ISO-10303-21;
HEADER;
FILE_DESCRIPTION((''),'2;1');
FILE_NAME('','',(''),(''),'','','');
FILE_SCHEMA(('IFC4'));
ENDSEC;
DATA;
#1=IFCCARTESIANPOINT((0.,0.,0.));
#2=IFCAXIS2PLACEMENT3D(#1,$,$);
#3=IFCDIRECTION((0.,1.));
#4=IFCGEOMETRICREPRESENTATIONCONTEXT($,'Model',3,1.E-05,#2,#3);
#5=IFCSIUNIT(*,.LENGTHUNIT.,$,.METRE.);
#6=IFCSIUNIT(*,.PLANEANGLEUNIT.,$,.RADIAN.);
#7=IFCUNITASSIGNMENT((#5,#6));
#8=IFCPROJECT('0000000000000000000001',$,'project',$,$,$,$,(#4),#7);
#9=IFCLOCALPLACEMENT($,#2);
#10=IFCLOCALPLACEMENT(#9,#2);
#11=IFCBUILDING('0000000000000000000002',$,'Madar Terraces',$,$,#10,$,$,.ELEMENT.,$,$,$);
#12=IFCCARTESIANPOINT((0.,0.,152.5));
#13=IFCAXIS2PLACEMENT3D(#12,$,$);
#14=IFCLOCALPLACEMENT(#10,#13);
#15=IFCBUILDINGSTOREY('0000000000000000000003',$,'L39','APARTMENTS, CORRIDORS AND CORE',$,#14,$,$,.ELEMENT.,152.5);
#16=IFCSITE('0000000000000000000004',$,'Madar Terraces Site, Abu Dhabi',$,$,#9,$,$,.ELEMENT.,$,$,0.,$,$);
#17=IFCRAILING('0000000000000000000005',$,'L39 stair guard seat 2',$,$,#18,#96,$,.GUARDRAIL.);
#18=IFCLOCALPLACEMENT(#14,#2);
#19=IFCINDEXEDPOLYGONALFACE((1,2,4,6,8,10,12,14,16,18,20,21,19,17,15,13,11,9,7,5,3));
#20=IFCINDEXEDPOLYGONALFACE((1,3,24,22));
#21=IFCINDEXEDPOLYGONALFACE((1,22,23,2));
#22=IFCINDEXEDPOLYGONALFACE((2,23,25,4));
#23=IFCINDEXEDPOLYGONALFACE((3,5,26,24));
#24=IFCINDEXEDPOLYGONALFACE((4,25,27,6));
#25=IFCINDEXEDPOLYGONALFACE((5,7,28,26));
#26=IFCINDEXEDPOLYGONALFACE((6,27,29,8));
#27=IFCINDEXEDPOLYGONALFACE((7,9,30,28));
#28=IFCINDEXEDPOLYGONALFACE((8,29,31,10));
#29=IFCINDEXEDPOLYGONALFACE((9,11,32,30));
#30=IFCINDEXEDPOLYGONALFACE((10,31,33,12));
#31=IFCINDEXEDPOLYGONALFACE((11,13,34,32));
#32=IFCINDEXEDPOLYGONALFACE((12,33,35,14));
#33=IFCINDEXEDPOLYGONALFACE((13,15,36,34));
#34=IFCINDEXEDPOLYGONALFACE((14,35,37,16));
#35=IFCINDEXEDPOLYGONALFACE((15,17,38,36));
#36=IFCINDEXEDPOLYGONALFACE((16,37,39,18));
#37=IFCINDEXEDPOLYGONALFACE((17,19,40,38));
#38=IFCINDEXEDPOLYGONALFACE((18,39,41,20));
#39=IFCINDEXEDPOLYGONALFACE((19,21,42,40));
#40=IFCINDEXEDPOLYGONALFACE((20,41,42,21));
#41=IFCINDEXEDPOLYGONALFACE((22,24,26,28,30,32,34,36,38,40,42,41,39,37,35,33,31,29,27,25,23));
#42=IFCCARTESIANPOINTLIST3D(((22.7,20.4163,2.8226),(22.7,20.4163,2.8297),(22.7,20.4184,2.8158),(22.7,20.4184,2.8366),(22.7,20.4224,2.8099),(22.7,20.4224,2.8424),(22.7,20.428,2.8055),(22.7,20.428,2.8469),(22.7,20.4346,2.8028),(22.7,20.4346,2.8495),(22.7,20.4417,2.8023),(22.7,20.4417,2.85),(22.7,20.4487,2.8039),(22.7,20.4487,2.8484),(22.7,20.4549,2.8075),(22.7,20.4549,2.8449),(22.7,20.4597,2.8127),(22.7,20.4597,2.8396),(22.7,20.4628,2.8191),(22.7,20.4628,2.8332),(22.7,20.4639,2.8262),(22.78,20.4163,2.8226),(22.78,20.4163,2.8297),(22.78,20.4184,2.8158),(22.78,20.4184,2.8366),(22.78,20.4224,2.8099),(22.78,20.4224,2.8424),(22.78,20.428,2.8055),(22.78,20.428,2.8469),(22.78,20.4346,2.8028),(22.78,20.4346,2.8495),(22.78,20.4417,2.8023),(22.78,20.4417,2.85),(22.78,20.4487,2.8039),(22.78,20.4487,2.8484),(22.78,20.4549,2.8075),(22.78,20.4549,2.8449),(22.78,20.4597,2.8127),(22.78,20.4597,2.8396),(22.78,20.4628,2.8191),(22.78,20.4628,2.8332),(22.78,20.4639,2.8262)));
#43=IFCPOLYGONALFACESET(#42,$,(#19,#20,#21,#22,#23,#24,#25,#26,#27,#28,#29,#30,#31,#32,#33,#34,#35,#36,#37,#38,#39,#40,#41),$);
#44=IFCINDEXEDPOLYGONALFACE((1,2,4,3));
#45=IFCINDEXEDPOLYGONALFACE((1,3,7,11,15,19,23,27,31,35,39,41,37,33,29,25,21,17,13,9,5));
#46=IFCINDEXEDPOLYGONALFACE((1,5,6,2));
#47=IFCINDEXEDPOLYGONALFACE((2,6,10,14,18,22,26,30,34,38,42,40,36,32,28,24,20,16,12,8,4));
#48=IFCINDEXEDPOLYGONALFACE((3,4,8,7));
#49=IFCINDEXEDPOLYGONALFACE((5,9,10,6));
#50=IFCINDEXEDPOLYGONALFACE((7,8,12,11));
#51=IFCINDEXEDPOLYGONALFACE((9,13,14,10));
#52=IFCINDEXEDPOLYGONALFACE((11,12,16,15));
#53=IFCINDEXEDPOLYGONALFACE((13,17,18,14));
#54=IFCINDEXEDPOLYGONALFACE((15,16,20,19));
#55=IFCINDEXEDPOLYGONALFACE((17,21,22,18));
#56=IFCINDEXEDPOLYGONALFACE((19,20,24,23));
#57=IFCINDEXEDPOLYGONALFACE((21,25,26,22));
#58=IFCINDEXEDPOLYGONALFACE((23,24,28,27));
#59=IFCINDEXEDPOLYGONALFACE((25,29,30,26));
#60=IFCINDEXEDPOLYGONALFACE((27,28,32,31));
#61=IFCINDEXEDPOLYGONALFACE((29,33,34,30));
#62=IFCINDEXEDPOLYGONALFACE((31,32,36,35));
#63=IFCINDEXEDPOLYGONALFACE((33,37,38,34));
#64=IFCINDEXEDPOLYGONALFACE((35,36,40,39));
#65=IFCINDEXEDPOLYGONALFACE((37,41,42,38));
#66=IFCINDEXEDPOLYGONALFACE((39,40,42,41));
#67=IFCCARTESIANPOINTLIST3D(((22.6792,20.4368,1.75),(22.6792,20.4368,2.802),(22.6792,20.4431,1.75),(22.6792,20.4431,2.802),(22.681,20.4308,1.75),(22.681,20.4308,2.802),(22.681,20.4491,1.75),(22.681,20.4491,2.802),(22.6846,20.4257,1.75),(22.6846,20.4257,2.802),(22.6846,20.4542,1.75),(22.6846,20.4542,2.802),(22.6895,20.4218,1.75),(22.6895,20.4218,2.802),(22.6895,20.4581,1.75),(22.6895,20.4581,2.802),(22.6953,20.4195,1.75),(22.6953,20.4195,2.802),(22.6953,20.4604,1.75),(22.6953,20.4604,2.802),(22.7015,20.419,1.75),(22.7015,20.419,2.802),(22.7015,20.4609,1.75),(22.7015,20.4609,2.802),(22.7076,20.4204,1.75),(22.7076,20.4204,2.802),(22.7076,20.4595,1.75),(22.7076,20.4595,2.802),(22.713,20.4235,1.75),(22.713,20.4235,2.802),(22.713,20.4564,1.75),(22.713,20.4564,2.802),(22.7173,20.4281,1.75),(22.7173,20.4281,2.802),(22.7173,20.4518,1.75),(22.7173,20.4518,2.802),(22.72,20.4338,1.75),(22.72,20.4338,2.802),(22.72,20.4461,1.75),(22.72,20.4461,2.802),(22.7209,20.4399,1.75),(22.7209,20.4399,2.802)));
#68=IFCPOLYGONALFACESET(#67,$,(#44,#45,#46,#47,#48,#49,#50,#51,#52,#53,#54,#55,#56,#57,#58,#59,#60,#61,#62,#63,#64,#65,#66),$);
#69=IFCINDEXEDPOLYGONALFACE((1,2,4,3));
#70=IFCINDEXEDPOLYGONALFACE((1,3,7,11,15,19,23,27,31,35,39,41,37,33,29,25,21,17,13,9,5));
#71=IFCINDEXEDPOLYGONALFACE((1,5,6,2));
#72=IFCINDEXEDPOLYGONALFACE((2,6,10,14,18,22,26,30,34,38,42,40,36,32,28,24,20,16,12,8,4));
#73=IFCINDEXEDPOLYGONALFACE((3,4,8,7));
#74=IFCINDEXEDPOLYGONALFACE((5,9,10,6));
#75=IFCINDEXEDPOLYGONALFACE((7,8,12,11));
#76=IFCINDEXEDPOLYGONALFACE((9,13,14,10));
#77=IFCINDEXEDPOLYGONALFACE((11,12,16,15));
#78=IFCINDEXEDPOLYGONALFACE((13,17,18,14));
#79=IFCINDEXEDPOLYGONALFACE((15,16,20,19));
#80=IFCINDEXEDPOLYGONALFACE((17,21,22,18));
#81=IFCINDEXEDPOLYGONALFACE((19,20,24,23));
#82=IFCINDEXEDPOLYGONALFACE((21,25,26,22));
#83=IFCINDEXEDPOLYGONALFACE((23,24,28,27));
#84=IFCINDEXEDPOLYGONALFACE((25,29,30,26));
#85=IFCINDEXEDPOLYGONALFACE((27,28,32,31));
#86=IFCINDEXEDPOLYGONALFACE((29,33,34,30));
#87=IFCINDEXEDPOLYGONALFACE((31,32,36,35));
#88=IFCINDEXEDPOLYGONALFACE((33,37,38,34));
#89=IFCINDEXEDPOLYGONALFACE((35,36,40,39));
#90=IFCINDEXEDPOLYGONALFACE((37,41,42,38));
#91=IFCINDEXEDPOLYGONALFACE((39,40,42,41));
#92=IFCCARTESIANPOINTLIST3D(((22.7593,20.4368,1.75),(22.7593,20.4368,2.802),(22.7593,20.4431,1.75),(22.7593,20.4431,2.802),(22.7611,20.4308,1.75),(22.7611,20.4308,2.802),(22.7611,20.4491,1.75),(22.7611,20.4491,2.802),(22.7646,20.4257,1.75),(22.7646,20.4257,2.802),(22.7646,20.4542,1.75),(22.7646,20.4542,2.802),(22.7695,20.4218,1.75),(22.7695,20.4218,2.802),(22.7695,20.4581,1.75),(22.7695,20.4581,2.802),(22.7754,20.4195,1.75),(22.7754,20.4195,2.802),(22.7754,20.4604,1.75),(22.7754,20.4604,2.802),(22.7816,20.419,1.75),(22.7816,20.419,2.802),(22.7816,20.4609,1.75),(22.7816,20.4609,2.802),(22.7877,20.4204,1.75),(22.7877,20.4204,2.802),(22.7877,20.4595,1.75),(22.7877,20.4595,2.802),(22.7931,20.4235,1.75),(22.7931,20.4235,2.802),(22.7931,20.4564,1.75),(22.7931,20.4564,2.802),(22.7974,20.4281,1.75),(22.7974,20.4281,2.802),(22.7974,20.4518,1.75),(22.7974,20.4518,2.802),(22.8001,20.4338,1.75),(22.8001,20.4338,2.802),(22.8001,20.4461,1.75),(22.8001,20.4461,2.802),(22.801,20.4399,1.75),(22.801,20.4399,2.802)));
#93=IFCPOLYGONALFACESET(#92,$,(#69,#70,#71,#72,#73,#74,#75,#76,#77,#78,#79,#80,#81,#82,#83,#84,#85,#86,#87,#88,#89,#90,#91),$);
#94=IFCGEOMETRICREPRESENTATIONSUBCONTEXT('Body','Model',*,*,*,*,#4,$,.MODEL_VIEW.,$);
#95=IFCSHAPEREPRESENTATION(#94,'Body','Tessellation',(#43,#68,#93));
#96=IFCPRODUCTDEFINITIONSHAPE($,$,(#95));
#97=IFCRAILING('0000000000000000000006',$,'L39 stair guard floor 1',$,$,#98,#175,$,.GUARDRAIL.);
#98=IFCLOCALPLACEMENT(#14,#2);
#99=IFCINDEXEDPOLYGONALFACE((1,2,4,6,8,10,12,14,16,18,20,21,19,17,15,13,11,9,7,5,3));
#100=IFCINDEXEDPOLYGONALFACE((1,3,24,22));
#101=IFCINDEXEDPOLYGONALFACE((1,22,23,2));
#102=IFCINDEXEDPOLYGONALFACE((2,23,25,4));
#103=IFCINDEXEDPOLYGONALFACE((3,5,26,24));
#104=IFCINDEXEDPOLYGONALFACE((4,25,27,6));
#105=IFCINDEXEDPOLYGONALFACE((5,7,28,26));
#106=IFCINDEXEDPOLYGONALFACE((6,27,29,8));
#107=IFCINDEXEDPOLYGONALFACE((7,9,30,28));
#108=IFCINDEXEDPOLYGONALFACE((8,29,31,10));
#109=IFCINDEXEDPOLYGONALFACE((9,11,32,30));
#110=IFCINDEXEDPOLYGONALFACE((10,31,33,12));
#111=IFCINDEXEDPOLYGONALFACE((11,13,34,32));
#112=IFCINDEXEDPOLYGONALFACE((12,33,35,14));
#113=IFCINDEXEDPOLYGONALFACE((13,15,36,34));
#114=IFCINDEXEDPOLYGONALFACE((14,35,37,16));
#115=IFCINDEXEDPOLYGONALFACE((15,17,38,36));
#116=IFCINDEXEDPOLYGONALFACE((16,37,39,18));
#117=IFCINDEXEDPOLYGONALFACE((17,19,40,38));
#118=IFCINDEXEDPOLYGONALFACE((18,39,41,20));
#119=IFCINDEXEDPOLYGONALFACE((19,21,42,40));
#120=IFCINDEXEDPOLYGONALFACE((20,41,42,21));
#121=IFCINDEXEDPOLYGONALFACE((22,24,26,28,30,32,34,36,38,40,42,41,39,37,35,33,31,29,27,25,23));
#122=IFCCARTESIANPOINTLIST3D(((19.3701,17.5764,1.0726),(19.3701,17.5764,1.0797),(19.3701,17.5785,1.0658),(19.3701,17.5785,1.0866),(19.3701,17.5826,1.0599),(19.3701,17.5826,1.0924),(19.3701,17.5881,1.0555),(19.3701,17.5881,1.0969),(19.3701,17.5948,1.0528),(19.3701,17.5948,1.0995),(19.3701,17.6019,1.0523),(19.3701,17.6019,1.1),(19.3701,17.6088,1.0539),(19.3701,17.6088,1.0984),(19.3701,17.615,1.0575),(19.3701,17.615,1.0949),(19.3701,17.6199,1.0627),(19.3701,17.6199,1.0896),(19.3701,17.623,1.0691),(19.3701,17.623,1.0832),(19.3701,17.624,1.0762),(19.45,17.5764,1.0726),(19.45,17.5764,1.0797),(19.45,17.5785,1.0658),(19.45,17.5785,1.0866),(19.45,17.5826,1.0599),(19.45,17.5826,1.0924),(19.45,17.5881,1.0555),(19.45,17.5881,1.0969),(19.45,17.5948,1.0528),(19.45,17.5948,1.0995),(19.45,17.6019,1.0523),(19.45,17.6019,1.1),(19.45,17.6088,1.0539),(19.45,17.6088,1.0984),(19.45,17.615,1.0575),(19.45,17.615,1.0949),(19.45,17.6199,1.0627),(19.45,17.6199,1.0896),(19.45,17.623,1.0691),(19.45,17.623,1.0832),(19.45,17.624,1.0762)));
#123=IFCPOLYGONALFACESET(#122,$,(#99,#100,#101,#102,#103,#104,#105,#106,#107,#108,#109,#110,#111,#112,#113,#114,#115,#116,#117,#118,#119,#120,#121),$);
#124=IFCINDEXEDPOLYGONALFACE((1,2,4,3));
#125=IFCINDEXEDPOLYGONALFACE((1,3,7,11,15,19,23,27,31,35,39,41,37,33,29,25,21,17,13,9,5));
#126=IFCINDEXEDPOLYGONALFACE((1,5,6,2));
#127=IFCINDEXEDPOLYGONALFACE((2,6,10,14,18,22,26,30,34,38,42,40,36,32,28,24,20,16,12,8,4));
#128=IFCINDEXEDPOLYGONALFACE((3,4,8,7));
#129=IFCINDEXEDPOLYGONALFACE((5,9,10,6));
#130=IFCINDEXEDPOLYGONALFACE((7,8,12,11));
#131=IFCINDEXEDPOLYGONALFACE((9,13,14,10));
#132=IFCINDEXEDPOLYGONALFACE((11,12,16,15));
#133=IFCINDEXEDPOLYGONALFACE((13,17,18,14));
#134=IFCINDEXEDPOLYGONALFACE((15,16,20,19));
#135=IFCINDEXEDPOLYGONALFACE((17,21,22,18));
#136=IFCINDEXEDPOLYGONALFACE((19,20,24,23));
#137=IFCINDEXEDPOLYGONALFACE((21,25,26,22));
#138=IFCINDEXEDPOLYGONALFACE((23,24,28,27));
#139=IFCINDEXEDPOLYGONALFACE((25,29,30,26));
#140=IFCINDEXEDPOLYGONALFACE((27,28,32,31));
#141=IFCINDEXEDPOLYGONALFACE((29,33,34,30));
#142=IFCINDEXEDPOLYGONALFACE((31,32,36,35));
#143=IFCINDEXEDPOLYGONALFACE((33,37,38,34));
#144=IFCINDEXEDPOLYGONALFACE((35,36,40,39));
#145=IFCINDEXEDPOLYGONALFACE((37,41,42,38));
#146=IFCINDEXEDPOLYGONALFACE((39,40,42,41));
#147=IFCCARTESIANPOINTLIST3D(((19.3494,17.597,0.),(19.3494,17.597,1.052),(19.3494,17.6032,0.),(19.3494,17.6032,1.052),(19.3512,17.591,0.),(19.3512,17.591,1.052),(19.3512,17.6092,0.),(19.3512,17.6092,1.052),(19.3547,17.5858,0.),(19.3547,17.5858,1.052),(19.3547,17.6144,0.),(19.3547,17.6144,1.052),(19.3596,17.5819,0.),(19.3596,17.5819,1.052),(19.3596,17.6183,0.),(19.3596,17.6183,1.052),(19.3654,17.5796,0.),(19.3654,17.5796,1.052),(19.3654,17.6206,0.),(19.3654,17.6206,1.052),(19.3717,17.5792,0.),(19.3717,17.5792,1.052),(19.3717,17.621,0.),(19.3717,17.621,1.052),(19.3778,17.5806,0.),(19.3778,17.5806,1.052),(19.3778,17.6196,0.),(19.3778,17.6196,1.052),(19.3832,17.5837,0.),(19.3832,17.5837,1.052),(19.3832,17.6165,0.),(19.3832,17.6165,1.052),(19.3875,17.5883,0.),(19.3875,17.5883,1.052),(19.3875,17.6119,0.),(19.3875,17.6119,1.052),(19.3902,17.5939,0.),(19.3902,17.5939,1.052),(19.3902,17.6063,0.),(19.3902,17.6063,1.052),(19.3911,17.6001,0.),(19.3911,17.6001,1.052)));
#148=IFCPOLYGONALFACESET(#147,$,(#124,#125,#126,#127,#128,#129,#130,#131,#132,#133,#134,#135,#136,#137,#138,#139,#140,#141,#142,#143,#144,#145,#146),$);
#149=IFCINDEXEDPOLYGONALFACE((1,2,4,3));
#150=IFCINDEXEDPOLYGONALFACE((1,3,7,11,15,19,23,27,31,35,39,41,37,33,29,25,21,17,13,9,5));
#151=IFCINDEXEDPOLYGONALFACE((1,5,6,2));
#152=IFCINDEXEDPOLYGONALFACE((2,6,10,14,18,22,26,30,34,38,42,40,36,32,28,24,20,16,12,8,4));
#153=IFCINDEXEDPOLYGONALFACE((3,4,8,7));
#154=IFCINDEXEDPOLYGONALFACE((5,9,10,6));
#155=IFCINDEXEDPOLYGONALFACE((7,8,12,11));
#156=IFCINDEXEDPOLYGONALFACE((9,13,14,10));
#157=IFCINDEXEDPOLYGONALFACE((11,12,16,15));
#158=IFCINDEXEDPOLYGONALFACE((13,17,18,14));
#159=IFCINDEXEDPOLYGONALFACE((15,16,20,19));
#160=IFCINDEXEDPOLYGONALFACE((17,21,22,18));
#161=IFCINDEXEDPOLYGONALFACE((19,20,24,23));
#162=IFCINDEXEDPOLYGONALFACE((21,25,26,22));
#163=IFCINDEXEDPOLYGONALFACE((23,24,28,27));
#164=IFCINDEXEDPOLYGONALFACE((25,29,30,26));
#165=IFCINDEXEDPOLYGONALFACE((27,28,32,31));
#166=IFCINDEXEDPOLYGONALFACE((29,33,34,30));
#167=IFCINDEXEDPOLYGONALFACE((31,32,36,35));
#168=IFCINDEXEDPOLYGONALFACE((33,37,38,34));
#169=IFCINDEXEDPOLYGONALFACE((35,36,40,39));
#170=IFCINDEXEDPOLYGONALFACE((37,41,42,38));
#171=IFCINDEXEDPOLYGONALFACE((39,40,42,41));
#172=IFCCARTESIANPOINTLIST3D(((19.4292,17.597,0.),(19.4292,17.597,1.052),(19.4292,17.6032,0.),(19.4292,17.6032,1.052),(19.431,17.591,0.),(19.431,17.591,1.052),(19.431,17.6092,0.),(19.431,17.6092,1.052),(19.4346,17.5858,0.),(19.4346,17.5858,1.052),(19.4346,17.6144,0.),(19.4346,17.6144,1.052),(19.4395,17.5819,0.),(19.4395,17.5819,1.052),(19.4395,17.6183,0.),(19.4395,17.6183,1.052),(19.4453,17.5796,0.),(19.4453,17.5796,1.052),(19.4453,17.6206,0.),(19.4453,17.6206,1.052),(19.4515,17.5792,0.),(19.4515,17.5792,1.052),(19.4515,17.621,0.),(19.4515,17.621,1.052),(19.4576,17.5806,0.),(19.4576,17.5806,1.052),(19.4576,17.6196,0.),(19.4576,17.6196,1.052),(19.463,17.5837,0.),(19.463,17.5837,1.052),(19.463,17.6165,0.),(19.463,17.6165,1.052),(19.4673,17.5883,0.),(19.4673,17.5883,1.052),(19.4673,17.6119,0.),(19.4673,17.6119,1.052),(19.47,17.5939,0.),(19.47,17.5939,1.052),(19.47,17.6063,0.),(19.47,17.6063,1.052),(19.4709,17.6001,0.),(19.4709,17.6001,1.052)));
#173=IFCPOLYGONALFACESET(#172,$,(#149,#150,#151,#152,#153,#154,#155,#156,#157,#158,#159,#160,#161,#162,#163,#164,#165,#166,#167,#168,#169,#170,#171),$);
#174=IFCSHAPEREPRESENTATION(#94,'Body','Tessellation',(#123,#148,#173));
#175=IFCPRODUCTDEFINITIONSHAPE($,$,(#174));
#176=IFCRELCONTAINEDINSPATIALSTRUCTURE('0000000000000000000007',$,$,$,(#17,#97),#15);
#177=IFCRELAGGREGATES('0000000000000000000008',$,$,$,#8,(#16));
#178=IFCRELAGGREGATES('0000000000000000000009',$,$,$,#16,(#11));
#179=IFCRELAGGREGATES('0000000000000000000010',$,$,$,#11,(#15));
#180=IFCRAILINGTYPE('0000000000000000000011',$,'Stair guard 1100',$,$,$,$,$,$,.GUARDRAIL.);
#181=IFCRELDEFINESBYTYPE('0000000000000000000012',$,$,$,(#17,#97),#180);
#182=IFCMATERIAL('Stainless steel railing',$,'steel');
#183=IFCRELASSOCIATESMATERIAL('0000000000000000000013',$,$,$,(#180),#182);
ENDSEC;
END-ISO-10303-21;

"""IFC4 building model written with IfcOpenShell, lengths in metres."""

from ifc_helpers import new_model, si_unit, direction, frame, origin, origin_2d, place, context, subcontext, project, spatial, circle, extrude, material, type_object, element, save


model = new_model("IFC4")

# Units and contexts
model_context = context("Model", 3, precision=1e-05, world=origin(), true_north=direction((0.0, 1.0)))
body_context = subcontext(model_context, "Body", "Model", "MODEL_VIEW")
ifc_project = project(units=[si_unit("LENGTHUNIT", "METRE"), si_unit("PLANEANGLEUNIT", "RADIAN")], contexts=[model_context])

# Site, building, storey
site_placement = place(None, origin())
site = spatial("IfcSite", under=ifc_project, at=site_placement, Name="Madar Terraces Site, Abu Dhabi", CompositionType="ELEMENT", RefElevation=0.0)
building_placement = place(site_placement, origin())
building = spatial("IfcBuilding", under=site, at=building_placement, Name="Madar Terraces", CompositionType="ELEMENT")
storey_placement = place(building_placement, frame((0.0, 0.0, 152.5)))
storey = spatial("IfcBuildingStorey", under=building, at=storey_placement, Name="L39", Description="APARTMENTS, CORRIDORS AND CORE", CompositionType="ELEMENT", Elevation=152.5)

# Railings
ifc_material_1 = material(Name="Stainless steel railing", Category="steel")
railing_type_1 = type_object("IfcRailingType", Name="Stair guard 1100", PredefinedType="GUARDRAIL", material=ifc_material_1)
railing_1_placement = place(storey_placement, frame((22.7, 20.4399, 1.75)))
element("IfcRailing", 1, at=railing_1_placement, inside=storey, type_object=railing_type_1, Name="L39 stair guard seat 2", PredefinedType="GUARDRAIL", context=body_context, shape_type="SweptSolid", body=[
    extrude(circle(Radius=0.0239, at=origin_2d()), frame((0.0, 0.0, 1.0762), z_axis=(1.0, 0.0, 0.0), x_axis=(0.0, 1.0, 0.0)), (0.0, 0.0, 1.0), 0.0801),
    extrude(circle(Radius=0.021, at=origin_2d()), origin(), (0.0, 0.0, 1.0), 1.052),
    extrude(circle(Radius=0.021, at=origin_2d()), frame((0.0801, 0.0, 0.0)), (0.0, 0.0, 1.0), 1.052),
])
railing_2_placement = place(storey_placement, frame((19.3701, 17.6001, 0.0)))
element("IfcRailing", 2, at=railing_2_placement, inside=storey, type_object=railing_type_1, Name="L39 stair guard floor 1", PredefinedType="GUARDRAIL", context=body_context, shape_type="SweptSolid", body=[
    extrude(circle(Radius=0.0239, at=origin_2d()), frame((0.0, 0.0, 1.0762), z_axis=(1.0, 0.0, 0.0), x_axis=(0.0, 1.0, 0.0)), (0.0, 0.0, 1.0), 0.0798),
    extrude(circle(Radius=0.021, at=origin_2d()), origin(), (0.0, 0.0, 1.0), 1.052),
    extrude(circle(Radius=0.021, at=origin_2d()), frame((0.0798, 0.0, 0.0)), (0.0, 0.0, 1.0), 1.052),
])

save(model, "model.ifc")
